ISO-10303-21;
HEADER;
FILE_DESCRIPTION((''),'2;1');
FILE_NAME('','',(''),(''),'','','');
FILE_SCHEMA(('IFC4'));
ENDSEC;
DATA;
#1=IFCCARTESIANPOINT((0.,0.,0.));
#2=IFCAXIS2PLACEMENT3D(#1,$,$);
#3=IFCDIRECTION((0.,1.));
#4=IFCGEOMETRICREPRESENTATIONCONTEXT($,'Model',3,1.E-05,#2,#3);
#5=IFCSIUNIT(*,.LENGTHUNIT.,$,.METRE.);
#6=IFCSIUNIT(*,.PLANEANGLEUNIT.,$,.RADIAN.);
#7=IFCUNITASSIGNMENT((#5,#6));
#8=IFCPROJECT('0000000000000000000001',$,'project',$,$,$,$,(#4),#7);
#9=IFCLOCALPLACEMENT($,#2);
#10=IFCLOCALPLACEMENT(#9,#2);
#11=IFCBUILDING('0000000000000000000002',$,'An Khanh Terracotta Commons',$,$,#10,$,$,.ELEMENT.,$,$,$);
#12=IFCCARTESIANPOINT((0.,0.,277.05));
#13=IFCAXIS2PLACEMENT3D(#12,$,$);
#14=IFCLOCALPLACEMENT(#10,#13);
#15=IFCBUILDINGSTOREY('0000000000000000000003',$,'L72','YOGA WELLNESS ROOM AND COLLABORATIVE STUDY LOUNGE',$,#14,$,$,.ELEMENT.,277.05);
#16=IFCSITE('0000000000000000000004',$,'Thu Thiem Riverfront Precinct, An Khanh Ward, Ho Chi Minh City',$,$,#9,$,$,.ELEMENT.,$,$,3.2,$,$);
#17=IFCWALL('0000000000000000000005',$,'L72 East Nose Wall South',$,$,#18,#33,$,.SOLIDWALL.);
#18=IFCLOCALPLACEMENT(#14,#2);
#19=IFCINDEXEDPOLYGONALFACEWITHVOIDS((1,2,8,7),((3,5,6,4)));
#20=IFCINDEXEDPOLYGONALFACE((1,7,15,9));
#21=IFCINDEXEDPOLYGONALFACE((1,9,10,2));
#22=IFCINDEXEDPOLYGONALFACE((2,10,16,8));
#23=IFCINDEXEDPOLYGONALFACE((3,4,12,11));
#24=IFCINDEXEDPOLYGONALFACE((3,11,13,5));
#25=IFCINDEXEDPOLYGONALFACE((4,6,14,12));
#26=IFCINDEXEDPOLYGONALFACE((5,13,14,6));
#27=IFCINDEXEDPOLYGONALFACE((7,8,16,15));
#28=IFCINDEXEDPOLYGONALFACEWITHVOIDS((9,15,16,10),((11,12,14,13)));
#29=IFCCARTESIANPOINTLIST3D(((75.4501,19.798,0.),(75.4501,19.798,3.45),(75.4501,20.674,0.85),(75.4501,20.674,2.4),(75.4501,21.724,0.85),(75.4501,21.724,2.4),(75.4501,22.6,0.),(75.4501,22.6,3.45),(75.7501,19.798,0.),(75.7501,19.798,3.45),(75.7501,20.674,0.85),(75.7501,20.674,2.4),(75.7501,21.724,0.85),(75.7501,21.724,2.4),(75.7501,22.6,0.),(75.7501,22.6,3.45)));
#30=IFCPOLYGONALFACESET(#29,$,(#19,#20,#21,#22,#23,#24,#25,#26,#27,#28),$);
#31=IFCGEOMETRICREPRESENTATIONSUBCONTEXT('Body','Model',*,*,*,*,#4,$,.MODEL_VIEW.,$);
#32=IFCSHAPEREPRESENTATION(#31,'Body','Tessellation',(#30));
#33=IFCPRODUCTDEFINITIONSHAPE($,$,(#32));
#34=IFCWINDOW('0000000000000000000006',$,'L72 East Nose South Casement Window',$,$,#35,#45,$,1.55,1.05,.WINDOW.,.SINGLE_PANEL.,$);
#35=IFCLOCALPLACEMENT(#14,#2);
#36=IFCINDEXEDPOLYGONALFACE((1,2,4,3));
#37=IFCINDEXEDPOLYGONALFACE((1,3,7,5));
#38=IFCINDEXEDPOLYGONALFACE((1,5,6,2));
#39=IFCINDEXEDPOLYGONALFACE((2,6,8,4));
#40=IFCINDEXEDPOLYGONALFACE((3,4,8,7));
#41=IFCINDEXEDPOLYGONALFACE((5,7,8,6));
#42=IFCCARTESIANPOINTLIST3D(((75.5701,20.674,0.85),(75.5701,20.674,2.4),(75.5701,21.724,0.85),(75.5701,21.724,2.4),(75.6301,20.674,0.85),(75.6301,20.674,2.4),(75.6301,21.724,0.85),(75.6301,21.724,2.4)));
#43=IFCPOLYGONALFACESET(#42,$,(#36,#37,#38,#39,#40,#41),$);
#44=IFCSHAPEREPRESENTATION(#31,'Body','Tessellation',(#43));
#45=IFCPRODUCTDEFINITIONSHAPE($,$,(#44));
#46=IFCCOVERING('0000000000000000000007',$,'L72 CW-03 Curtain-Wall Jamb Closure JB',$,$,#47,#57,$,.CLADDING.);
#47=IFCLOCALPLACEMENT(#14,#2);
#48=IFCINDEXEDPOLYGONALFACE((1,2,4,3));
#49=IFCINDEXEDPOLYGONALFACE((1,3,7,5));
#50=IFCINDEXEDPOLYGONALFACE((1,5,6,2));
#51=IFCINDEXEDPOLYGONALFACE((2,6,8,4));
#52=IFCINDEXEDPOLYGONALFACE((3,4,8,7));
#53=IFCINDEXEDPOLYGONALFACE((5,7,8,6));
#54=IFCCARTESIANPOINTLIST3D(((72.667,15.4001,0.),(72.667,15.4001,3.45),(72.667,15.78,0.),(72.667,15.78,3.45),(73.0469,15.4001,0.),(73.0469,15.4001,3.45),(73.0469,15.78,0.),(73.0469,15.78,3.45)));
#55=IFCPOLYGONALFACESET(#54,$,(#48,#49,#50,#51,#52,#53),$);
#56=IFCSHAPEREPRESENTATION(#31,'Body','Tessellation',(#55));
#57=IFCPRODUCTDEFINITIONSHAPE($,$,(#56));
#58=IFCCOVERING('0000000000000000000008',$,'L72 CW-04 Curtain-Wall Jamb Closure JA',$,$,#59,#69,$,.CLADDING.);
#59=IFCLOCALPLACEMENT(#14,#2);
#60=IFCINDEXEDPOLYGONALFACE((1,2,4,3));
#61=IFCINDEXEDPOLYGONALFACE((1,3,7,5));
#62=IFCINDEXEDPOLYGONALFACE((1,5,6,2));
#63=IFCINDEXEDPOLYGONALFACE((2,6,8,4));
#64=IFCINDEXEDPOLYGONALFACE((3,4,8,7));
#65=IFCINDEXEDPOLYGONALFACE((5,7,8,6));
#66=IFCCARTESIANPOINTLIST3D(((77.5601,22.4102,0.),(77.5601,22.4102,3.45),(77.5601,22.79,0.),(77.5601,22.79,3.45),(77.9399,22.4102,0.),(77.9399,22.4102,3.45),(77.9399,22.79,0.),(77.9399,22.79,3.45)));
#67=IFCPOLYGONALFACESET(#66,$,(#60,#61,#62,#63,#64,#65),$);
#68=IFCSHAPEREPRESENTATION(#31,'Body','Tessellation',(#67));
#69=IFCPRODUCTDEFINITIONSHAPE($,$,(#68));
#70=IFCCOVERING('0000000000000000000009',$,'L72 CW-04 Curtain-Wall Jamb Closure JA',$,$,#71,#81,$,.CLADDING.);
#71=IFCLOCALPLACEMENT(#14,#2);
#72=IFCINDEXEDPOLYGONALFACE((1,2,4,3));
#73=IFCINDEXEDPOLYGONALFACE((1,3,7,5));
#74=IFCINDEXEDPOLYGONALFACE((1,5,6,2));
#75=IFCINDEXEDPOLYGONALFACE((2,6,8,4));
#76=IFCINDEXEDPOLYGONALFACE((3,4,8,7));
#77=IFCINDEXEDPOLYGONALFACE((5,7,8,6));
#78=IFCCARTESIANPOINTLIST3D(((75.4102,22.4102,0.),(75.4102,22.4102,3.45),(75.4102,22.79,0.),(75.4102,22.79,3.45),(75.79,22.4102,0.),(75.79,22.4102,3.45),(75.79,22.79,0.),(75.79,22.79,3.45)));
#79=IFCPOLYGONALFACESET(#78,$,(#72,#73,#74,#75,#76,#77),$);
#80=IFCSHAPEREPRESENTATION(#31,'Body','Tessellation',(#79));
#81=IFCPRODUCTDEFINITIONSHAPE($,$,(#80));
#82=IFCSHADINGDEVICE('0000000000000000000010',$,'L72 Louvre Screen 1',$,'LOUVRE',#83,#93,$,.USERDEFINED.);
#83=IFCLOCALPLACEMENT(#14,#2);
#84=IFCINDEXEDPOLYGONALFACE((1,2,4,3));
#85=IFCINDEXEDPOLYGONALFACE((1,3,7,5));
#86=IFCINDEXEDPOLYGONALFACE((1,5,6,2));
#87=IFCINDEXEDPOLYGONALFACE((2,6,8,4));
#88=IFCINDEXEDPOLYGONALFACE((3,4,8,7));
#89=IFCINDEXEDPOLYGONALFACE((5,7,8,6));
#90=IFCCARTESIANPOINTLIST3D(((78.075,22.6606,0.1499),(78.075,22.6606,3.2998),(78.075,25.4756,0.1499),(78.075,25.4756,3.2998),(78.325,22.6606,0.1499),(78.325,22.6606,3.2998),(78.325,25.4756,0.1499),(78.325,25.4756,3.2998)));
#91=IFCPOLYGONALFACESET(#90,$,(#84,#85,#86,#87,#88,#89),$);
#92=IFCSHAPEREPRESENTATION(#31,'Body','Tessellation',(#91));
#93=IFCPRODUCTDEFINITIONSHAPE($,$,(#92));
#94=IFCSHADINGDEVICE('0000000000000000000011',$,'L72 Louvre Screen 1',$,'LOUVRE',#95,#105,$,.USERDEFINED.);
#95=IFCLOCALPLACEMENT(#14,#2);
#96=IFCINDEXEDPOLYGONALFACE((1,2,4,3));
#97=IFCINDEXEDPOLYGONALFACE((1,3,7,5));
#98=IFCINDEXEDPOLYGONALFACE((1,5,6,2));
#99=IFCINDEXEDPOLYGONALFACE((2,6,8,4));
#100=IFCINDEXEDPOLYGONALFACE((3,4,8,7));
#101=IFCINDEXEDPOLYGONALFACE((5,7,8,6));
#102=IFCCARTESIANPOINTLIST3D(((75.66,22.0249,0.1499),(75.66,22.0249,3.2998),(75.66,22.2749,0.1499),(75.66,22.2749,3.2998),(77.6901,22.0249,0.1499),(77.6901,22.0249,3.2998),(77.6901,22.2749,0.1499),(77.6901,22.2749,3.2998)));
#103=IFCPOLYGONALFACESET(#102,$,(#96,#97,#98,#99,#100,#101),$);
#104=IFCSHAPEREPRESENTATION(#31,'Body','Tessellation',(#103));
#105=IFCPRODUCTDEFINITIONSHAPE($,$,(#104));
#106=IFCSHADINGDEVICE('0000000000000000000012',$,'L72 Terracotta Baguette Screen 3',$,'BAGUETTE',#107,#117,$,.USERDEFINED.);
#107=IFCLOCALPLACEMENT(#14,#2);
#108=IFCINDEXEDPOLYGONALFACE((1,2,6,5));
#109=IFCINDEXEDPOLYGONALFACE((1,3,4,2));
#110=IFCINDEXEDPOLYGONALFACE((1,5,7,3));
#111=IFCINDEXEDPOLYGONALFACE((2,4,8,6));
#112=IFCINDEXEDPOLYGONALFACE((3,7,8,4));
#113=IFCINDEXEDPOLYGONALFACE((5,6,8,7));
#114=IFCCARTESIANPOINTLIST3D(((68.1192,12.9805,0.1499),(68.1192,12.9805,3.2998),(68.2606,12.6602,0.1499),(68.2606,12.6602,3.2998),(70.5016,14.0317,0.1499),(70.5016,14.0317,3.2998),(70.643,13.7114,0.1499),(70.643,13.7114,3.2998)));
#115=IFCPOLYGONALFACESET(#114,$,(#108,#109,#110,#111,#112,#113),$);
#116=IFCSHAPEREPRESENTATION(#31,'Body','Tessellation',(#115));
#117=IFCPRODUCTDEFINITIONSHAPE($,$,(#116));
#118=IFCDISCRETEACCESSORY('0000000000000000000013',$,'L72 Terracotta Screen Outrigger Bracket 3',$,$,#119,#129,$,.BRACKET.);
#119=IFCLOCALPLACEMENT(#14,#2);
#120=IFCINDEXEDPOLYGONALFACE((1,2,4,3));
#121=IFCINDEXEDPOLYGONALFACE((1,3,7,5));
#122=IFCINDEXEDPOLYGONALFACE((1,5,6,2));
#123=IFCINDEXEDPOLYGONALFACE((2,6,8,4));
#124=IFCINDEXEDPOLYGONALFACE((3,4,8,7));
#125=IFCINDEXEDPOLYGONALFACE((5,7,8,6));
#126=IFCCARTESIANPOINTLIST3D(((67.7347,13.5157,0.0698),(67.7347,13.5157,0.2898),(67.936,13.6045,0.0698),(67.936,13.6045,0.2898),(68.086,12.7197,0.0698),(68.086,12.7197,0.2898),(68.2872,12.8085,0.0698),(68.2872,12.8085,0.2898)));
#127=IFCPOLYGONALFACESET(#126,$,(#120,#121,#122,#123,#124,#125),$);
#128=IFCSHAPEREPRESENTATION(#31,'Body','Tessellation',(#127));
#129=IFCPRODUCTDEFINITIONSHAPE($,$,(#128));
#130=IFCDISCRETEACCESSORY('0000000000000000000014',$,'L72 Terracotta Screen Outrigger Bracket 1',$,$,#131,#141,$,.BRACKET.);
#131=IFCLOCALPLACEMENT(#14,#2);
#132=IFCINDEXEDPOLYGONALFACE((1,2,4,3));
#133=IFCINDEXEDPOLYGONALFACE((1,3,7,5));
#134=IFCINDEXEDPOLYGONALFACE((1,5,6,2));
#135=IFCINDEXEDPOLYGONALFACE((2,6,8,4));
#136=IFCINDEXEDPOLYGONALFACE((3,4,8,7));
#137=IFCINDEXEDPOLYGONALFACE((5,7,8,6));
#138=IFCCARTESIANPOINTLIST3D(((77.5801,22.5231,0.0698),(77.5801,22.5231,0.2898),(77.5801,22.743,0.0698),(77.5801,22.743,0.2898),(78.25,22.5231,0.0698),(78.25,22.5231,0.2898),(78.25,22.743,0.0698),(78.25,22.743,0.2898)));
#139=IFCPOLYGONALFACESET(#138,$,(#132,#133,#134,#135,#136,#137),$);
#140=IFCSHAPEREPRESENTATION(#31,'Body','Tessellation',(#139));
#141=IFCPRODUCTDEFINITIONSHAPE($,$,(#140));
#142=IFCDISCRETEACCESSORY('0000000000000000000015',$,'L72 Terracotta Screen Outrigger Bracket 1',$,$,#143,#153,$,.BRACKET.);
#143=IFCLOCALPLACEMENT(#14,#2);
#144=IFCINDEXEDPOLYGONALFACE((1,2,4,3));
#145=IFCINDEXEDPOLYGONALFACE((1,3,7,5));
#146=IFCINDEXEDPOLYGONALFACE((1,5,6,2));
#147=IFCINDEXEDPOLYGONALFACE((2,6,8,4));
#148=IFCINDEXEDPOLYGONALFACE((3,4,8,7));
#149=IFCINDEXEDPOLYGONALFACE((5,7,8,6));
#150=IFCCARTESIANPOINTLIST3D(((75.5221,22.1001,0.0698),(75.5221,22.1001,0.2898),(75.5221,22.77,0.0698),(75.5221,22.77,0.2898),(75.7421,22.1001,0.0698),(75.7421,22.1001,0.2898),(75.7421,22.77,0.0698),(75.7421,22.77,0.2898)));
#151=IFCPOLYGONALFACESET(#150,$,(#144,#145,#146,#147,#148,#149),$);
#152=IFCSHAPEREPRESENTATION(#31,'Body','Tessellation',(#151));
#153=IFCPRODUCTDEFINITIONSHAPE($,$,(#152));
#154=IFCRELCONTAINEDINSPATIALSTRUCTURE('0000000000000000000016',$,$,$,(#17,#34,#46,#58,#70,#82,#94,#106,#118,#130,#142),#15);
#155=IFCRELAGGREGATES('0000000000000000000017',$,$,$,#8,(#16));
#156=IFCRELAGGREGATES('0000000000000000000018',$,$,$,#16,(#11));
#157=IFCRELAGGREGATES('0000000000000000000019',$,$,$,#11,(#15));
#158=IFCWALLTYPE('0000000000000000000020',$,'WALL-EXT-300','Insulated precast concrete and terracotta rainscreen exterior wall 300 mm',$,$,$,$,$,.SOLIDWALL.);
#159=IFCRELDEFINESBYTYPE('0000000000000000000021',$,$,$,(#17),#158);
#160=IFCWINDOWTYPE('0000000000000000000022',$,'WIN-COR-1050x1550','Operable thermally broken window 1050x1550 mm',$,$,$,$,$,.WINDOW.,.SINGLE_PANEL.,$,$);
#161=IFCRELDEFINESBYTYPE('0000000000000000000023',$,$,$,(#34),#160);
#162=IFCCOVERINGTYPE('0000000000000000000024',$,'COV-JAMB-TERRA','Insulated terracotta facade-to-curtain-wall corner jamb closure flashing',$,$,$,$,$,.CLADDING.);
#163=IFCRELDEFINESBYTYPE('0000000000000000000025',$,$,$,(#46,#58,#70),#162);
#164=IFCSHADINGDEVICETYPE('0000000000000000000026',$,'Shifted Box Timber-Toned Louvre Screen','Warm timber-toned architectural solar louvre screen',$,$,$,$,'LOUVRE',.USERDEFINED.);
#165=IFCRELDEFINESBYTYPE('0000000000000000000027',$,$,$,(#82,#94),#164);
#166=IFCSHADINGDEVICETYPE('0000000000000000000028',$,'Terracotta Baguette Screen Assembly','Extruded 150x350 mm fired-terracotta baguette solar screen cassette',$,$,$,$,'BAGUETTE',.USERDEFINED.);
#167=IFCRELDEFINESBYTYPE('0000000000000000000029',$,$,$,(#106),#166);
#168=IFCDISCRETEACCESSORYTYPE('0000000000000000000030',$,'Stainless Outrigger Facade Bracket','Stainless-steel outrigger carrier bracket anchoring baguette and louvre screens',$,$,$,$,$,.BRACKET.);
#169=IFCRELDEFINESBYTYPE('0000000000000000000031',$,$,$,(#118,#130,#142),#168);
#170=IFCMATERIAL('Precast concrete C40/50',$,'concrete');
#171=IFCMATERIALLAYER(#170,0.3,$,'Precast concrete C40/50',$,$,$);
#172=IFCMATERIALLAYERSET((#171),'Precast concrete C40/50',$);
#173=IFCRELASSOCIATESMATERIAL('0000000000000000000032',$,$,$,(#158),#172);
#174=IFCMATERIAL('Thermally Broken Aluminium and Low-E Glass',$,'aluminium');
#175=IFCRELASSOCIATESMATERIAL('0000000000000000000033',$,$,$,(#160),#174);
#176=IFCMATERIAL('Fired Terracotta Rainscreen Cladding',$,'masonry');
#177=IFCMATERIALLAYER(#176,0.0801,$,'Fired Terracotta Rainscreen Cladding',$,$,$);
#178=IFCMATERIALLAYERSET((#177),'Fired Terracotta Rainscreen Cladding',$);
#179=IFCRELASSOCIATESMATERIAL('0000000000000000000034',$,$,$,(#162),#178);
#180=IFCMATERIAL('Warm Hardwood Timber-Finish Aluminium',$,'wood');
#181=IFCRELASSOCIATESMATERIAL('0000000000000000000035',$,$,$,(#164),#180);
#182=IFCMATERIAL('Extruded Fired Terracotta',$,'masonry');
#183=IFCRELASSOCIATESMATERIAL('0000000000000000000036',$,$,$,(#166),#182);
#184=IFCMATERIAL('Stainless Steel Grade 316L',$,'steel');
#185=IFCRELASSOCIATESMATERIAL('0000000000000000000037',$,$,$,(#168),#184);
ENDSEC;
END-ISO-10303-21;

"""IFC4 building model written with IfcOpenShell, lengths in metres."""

from ifc_helpers import new_model, si_unit, direction, frame, frame_2d, origin, origin_2d, place, context, subcontext, project, spatial, rectangle, extrude, material, layer, layer_set, type_object, element, fill, save


model = new_model("IFC4")

# Units and contexts
model_context = context("Model", 3, precision=1e-05, world=origin(), true_north=direction((0.0, 1.0)))
body_context = subcontext(model_context, "Body", "Model", "MODEL_VIEW")
ifc_project = project(units=[si_unit("LENGTHUNIT", "METRE"), si_unit("PLANEANGLEUNIT", "RADIAN")], contexts=[model_context])

# Site, building, storey
site_placement = place(None, origin())
site = spatial("IfcSite", under=ifc_project, at=site_placement, Name="Thu Thiem Riverfront Precinct, An Khanh Ward, Ho Chi Minh City", CompositionType="ELEMENT", RefElevation=3.2)
building_placement = place(site_placement, origin())
building = spatial("IfcBuilding", under=site, at=building_placement, Name="An Khanh Terracotta Commons", CompositionType="ELEMENT")
storey_placement = place(building_placement, frame((0.0, 0.0, 277.05)))
storey = spatial("IfcBuildingStorey", under=building, at=storey_placement, Name="L72", Description="YOGA WELLNESS ROOM AND COLLABORATIVE STUDY LOUNGE", CompositionType="ELEMENT", Elevation=277.05)

# Shared definitions
ifc_material_1 = material(Name="Precast concrete C40/50", Category="concrete")
ifc_layer_1 = layer(ifc_material_1, 0.3, Name="Precast concrete C40/50")
ifc_layer_set_1 = layer_set([ifc_layer_1], Name="Precast concrete C40/50")
wall_type = type_object("IfcWallType", Name="WALL-EXT-300", Description="Insulated precast concrete and terracotta rainscreen exterior wall 300 mm", PredefinedType="SOLIDWALL", material=ifc_layer_set_1)

# Wall, opening, window
wall_1_placement = place(storey_placement, frame((75.6001, 19.7981, 0.0), z_axis=(0.0, 0.0, 1.0), x_axis=(0.0, 1.0, 0.0)))
wall_1 = element("IfcWall", 1, at=wall_1_placement, inside=storey, type_object=wall_type, Name="L72 East Nose Wall South", PredefinedType="SOLIDWALL", context=body_context, shape_type="SweptSolid", body=[
    extrude(rectangle(XDim=2.802, YDim=0.3, at=frame_2d((1.4009, 0.0))), origin(), (0.0, 0.0, 1.0), 3.45),
])
opening_placement = place(wall_1_placement, frame((0.876, 0.0, 0.8501)))
opening = element("IfcOpeningElement", 2, at=opening_placement, cuts=wall_1, PredefinedType="OPENING", context=body_context, shape_type="SweptSolid", body=[
    extrude(rectangle(XDim=1.05, YDim=1.55, at=frame_2d((0.5249, 0.7749))), frame((0.0, 0.1599, 0.0), z_axis=(0.0, -1.0, 0.0), x_axis=(1.0, 0.0, 0.0)), (0.0, 0.0, 1.0), 0.3201),
])
ifc_material_2 = material(Name="Thermally Broken Aluminium and Low-E Glass", Category="aluminium")
window_type = type_object("IfcWindowType", Name="WIN-COR-1050x1550", Description="Operable thermally broken window 1050x1550 mm", PartitioningType="SINGLE_PANEL", PredefinedType="WINDOW", material=ifc_material_2)
window_placement = place(opening_placement, origin())
window = element("IfcWindow", 3, at=window_placement, inside=storey, type_object=window_type, Name="L72 East Nose South Casement Window", OverallHeight=1.55, OverallWidth=1.05, PartitioningType="SINGLE_PANEL", PredefinedType="WINDOW", context=body_context, shape_type="SweptSolid", body=[
    extrude(rectangle(XDim=1.05, YDim=1.55, at=frame_2d((0.5249, 0.7749))), frame((0.0, 0.03, 0.0), z_axis=(0.0, -1.0, 0.0), x_axis=(1.0, 0.0, 0.0)), (0.0, 0.0, 1.0), 0.0601),
])
fill(opening, window)

# Coverings
ifc_material_3 = material(Name="Fired Terracotta Rainscreen Cladding", Category="masonry")
ifc_layer_2 = layer(ifc_material_3, 0.0801, Name="Fired Terracotta Rainscreen Cladding")
ifc_layer_set_2 = layer_set([ifc_layer_2], Name="Fired Terracotta Rainscreen Cladding")
covering_type = type_object("IfcCoveringType", Name="COV-JAMB-TERRA", Description="Insulated terracotta facade-to-curtain-wall corner jamb closure flashing", PredefinedType="CLADDING", material=ifc_layer_set_2)
for number, where, z_axis, x_axis, name in (
    (4, (72.8569, 15.5901, 0.0), (0.0, 0.0, 1.0), (1.0, 0.0, 0.0), "L72 CW-03 Curtain-Wall Jamb Closure JB"),
    (5, (77.75, 22.6001, 0.0), (0.0, 0.0, 1.0), (1.0, 0.0, 0.0), "L72 CW-04 Curtain-Wall Jamb Closure JA"),
    (6, (75.6001, 22.6001, 0.0), (0.0, 0.0, 1.0), (1.0, 0.0, 0.0), "L72 CW-04 Curtain-Wall Jamb Closure JA"),
):
    element("IfcCovering", number, at=place(storey_placement, frame(where, z_axis=z_axis, x_axis=x_axis)), inside=storey, type_object=covering_type, Name=name, PredefinedType="CLADDING", context=body_context, shape_type="SweptSolid", body=[
        extrude(rectangle(XDim=0.3799, YDim=0.3799, at=origin_2d()), origin(), (0.0, 0.0, 1.0), 3.45),
    ])

# Shading devices
ifc_material_4 = material(Name="Warm Hardwood Timber-Finish Aluminium", Category="wood")
shading_device_type_1 = type_object("IfcShadingDeviceType", Name="Shifted Box Timber-Toned Louvre Screen", Description="Warm timber-toned architectural solar louvre screen", ElementType="LOUVRE", PredefinedType="USERDEFINED", material=ifc_material_4)
shading_device_1_placement = place(storey_placement, frame((78.2, 24.0681, 0.1499), z_axis=(0.0, 0.0, 1.0), x_axis=(0.0, 1.0, 0.0)))
element("IfcShadingDevice", 7, at=shading_device_1_placement, inside=storey, type_object=shading_device_type_1, Name="L72 Louvre Screen 1", ObjectType="LOUVRE", PredefinedType="USERDEFINED", context=body_context, shape_type="SweptSolid", body=[
    extrude(rectangle(XDim=2.8149, YDim=0.25, at=origin_2d()), origin(), (0.0, 0.0, 1.0), 3.1499),
])
shading_device_2_placement = place(storey_placement, frame((76.675, 22.1499, 0.1499), z_axis=(0.0, 0.0, 1.0), x_axis=(1.0, 0.0, 0.0)))
element("IfcShadingDevice", 8, at=shading_device_2_placement, inside=storey, type_object=shading_device_type_1, Name="L72 Louvre Screen 1", ObjectType="LOUVRE", PredefinedType="USERDEFINED", context=body_context, shape_type="SweptSolid", body=[
    extrude(rectangle(XDim=2.03, YDim=0.25, at=origin_2d()), origin(), (0.0, 0.0, 1.0), 3.1499),
])
ifc_material_5 = material(Name="Extruded Fired Terracotta", Category="masonry")
shading_device_type_2 = type_object("IfcShadingDeviceType", Name="Terracotta Baguette Screen Assembly", Description="Extruded 150x350 mm fired-terracotta baguette solar screen cassette", ElementType="BAGUETTE", PredefinedType="USERDEFINED", material=ifc_material_5)
shading_device_3_placement = place(storey_placement, frame((69.3811, 13.3459, 0.1499), z_axis=(0.0, 0.0, 1.0), x_axis=(0.914902, 0.403676, 0.0)))
element("IfcShadingDevice", 9, at=shading_device_3_placement, inside=storey, type_object=shading_device_type_2, Name="L72 Terracotta Baguette Screen 3", ObjectType="BAGUETTE", PredefinedType="USERDEFINED", context=body_context, shape_type="SweptSolid", body=[
    extrude(rectangle(XDim=2.604, YDim=0.3501, at=origin_2d()), origin(), (0.0, 0.0, 1.0), 3.1499),
])

# Discrete accessories
ifc_material_6 = material(Name="Stainless Steel Grade 316L", Category="steel")
discrete_accessory_type = type_object("IfcDiscreteAccessoryType", Name="Stainless Outrigger Facade Bracket", Description="Stainless-steel outrigger carrier bracket anchoring baguette and louvre screens", PredefinedType="BRACKET", material=ifc_material_6)
discrete_accessory_placement = place(storey_placement, frame((68.011, 13.1621, 0.0698), z_axis=(0.0, 0.0, 1.0), x_axis=(0.914902, 0.403676, 0.0)))
element("IfcDiscreteAccessory", 10, at=discrete_accessory_placement, inside=storey, type_object=discrete_accessory_type, Name="L72 Terracotta Screen Outrigger Bracket 3", PredefinedType="BRACKET", context=body_context, shape_type="SweptSolid", body=[
    extrude(rectangle(XDim=0.22, YDim=0.8701, at=origin_2d()), origin(), (0.0, 0.0, 1.0), 0.22),
])
for number, where, z_axis, x_axis, name in (
    (11, (77.915, 22.6331, 0.0698), (0.0, 0.0, 1.0), (0.0, 1.0, 0.0), "L72 Terracotta Screen Outrigger Bracket 1"),
    (12, (75.6321, 22.4351, 0.0698), (0.0, 0.0, 1.0), (1.0, 0.0, 0.0), "L72 Terracotta Screen Outrigger Bracket 1"),
):
    element("IfcDiscreteAccessory", number, at=place(storey_placement, frame(where, z_axis=z_axis, x_axis=x_axis)), inside=storey, type_object=discrete_accessory_type, Name=name, PredefinedType="BRACKET", context=body_context, shape_type="SweptSolid", body=[
        extrude(rectangle(XDim=0.22, YDim=0.6699, at=origin_2d()), origin(), (0.0, 0.0, 1.0), 0.22),
    ])

save(model, "model.ifc")
